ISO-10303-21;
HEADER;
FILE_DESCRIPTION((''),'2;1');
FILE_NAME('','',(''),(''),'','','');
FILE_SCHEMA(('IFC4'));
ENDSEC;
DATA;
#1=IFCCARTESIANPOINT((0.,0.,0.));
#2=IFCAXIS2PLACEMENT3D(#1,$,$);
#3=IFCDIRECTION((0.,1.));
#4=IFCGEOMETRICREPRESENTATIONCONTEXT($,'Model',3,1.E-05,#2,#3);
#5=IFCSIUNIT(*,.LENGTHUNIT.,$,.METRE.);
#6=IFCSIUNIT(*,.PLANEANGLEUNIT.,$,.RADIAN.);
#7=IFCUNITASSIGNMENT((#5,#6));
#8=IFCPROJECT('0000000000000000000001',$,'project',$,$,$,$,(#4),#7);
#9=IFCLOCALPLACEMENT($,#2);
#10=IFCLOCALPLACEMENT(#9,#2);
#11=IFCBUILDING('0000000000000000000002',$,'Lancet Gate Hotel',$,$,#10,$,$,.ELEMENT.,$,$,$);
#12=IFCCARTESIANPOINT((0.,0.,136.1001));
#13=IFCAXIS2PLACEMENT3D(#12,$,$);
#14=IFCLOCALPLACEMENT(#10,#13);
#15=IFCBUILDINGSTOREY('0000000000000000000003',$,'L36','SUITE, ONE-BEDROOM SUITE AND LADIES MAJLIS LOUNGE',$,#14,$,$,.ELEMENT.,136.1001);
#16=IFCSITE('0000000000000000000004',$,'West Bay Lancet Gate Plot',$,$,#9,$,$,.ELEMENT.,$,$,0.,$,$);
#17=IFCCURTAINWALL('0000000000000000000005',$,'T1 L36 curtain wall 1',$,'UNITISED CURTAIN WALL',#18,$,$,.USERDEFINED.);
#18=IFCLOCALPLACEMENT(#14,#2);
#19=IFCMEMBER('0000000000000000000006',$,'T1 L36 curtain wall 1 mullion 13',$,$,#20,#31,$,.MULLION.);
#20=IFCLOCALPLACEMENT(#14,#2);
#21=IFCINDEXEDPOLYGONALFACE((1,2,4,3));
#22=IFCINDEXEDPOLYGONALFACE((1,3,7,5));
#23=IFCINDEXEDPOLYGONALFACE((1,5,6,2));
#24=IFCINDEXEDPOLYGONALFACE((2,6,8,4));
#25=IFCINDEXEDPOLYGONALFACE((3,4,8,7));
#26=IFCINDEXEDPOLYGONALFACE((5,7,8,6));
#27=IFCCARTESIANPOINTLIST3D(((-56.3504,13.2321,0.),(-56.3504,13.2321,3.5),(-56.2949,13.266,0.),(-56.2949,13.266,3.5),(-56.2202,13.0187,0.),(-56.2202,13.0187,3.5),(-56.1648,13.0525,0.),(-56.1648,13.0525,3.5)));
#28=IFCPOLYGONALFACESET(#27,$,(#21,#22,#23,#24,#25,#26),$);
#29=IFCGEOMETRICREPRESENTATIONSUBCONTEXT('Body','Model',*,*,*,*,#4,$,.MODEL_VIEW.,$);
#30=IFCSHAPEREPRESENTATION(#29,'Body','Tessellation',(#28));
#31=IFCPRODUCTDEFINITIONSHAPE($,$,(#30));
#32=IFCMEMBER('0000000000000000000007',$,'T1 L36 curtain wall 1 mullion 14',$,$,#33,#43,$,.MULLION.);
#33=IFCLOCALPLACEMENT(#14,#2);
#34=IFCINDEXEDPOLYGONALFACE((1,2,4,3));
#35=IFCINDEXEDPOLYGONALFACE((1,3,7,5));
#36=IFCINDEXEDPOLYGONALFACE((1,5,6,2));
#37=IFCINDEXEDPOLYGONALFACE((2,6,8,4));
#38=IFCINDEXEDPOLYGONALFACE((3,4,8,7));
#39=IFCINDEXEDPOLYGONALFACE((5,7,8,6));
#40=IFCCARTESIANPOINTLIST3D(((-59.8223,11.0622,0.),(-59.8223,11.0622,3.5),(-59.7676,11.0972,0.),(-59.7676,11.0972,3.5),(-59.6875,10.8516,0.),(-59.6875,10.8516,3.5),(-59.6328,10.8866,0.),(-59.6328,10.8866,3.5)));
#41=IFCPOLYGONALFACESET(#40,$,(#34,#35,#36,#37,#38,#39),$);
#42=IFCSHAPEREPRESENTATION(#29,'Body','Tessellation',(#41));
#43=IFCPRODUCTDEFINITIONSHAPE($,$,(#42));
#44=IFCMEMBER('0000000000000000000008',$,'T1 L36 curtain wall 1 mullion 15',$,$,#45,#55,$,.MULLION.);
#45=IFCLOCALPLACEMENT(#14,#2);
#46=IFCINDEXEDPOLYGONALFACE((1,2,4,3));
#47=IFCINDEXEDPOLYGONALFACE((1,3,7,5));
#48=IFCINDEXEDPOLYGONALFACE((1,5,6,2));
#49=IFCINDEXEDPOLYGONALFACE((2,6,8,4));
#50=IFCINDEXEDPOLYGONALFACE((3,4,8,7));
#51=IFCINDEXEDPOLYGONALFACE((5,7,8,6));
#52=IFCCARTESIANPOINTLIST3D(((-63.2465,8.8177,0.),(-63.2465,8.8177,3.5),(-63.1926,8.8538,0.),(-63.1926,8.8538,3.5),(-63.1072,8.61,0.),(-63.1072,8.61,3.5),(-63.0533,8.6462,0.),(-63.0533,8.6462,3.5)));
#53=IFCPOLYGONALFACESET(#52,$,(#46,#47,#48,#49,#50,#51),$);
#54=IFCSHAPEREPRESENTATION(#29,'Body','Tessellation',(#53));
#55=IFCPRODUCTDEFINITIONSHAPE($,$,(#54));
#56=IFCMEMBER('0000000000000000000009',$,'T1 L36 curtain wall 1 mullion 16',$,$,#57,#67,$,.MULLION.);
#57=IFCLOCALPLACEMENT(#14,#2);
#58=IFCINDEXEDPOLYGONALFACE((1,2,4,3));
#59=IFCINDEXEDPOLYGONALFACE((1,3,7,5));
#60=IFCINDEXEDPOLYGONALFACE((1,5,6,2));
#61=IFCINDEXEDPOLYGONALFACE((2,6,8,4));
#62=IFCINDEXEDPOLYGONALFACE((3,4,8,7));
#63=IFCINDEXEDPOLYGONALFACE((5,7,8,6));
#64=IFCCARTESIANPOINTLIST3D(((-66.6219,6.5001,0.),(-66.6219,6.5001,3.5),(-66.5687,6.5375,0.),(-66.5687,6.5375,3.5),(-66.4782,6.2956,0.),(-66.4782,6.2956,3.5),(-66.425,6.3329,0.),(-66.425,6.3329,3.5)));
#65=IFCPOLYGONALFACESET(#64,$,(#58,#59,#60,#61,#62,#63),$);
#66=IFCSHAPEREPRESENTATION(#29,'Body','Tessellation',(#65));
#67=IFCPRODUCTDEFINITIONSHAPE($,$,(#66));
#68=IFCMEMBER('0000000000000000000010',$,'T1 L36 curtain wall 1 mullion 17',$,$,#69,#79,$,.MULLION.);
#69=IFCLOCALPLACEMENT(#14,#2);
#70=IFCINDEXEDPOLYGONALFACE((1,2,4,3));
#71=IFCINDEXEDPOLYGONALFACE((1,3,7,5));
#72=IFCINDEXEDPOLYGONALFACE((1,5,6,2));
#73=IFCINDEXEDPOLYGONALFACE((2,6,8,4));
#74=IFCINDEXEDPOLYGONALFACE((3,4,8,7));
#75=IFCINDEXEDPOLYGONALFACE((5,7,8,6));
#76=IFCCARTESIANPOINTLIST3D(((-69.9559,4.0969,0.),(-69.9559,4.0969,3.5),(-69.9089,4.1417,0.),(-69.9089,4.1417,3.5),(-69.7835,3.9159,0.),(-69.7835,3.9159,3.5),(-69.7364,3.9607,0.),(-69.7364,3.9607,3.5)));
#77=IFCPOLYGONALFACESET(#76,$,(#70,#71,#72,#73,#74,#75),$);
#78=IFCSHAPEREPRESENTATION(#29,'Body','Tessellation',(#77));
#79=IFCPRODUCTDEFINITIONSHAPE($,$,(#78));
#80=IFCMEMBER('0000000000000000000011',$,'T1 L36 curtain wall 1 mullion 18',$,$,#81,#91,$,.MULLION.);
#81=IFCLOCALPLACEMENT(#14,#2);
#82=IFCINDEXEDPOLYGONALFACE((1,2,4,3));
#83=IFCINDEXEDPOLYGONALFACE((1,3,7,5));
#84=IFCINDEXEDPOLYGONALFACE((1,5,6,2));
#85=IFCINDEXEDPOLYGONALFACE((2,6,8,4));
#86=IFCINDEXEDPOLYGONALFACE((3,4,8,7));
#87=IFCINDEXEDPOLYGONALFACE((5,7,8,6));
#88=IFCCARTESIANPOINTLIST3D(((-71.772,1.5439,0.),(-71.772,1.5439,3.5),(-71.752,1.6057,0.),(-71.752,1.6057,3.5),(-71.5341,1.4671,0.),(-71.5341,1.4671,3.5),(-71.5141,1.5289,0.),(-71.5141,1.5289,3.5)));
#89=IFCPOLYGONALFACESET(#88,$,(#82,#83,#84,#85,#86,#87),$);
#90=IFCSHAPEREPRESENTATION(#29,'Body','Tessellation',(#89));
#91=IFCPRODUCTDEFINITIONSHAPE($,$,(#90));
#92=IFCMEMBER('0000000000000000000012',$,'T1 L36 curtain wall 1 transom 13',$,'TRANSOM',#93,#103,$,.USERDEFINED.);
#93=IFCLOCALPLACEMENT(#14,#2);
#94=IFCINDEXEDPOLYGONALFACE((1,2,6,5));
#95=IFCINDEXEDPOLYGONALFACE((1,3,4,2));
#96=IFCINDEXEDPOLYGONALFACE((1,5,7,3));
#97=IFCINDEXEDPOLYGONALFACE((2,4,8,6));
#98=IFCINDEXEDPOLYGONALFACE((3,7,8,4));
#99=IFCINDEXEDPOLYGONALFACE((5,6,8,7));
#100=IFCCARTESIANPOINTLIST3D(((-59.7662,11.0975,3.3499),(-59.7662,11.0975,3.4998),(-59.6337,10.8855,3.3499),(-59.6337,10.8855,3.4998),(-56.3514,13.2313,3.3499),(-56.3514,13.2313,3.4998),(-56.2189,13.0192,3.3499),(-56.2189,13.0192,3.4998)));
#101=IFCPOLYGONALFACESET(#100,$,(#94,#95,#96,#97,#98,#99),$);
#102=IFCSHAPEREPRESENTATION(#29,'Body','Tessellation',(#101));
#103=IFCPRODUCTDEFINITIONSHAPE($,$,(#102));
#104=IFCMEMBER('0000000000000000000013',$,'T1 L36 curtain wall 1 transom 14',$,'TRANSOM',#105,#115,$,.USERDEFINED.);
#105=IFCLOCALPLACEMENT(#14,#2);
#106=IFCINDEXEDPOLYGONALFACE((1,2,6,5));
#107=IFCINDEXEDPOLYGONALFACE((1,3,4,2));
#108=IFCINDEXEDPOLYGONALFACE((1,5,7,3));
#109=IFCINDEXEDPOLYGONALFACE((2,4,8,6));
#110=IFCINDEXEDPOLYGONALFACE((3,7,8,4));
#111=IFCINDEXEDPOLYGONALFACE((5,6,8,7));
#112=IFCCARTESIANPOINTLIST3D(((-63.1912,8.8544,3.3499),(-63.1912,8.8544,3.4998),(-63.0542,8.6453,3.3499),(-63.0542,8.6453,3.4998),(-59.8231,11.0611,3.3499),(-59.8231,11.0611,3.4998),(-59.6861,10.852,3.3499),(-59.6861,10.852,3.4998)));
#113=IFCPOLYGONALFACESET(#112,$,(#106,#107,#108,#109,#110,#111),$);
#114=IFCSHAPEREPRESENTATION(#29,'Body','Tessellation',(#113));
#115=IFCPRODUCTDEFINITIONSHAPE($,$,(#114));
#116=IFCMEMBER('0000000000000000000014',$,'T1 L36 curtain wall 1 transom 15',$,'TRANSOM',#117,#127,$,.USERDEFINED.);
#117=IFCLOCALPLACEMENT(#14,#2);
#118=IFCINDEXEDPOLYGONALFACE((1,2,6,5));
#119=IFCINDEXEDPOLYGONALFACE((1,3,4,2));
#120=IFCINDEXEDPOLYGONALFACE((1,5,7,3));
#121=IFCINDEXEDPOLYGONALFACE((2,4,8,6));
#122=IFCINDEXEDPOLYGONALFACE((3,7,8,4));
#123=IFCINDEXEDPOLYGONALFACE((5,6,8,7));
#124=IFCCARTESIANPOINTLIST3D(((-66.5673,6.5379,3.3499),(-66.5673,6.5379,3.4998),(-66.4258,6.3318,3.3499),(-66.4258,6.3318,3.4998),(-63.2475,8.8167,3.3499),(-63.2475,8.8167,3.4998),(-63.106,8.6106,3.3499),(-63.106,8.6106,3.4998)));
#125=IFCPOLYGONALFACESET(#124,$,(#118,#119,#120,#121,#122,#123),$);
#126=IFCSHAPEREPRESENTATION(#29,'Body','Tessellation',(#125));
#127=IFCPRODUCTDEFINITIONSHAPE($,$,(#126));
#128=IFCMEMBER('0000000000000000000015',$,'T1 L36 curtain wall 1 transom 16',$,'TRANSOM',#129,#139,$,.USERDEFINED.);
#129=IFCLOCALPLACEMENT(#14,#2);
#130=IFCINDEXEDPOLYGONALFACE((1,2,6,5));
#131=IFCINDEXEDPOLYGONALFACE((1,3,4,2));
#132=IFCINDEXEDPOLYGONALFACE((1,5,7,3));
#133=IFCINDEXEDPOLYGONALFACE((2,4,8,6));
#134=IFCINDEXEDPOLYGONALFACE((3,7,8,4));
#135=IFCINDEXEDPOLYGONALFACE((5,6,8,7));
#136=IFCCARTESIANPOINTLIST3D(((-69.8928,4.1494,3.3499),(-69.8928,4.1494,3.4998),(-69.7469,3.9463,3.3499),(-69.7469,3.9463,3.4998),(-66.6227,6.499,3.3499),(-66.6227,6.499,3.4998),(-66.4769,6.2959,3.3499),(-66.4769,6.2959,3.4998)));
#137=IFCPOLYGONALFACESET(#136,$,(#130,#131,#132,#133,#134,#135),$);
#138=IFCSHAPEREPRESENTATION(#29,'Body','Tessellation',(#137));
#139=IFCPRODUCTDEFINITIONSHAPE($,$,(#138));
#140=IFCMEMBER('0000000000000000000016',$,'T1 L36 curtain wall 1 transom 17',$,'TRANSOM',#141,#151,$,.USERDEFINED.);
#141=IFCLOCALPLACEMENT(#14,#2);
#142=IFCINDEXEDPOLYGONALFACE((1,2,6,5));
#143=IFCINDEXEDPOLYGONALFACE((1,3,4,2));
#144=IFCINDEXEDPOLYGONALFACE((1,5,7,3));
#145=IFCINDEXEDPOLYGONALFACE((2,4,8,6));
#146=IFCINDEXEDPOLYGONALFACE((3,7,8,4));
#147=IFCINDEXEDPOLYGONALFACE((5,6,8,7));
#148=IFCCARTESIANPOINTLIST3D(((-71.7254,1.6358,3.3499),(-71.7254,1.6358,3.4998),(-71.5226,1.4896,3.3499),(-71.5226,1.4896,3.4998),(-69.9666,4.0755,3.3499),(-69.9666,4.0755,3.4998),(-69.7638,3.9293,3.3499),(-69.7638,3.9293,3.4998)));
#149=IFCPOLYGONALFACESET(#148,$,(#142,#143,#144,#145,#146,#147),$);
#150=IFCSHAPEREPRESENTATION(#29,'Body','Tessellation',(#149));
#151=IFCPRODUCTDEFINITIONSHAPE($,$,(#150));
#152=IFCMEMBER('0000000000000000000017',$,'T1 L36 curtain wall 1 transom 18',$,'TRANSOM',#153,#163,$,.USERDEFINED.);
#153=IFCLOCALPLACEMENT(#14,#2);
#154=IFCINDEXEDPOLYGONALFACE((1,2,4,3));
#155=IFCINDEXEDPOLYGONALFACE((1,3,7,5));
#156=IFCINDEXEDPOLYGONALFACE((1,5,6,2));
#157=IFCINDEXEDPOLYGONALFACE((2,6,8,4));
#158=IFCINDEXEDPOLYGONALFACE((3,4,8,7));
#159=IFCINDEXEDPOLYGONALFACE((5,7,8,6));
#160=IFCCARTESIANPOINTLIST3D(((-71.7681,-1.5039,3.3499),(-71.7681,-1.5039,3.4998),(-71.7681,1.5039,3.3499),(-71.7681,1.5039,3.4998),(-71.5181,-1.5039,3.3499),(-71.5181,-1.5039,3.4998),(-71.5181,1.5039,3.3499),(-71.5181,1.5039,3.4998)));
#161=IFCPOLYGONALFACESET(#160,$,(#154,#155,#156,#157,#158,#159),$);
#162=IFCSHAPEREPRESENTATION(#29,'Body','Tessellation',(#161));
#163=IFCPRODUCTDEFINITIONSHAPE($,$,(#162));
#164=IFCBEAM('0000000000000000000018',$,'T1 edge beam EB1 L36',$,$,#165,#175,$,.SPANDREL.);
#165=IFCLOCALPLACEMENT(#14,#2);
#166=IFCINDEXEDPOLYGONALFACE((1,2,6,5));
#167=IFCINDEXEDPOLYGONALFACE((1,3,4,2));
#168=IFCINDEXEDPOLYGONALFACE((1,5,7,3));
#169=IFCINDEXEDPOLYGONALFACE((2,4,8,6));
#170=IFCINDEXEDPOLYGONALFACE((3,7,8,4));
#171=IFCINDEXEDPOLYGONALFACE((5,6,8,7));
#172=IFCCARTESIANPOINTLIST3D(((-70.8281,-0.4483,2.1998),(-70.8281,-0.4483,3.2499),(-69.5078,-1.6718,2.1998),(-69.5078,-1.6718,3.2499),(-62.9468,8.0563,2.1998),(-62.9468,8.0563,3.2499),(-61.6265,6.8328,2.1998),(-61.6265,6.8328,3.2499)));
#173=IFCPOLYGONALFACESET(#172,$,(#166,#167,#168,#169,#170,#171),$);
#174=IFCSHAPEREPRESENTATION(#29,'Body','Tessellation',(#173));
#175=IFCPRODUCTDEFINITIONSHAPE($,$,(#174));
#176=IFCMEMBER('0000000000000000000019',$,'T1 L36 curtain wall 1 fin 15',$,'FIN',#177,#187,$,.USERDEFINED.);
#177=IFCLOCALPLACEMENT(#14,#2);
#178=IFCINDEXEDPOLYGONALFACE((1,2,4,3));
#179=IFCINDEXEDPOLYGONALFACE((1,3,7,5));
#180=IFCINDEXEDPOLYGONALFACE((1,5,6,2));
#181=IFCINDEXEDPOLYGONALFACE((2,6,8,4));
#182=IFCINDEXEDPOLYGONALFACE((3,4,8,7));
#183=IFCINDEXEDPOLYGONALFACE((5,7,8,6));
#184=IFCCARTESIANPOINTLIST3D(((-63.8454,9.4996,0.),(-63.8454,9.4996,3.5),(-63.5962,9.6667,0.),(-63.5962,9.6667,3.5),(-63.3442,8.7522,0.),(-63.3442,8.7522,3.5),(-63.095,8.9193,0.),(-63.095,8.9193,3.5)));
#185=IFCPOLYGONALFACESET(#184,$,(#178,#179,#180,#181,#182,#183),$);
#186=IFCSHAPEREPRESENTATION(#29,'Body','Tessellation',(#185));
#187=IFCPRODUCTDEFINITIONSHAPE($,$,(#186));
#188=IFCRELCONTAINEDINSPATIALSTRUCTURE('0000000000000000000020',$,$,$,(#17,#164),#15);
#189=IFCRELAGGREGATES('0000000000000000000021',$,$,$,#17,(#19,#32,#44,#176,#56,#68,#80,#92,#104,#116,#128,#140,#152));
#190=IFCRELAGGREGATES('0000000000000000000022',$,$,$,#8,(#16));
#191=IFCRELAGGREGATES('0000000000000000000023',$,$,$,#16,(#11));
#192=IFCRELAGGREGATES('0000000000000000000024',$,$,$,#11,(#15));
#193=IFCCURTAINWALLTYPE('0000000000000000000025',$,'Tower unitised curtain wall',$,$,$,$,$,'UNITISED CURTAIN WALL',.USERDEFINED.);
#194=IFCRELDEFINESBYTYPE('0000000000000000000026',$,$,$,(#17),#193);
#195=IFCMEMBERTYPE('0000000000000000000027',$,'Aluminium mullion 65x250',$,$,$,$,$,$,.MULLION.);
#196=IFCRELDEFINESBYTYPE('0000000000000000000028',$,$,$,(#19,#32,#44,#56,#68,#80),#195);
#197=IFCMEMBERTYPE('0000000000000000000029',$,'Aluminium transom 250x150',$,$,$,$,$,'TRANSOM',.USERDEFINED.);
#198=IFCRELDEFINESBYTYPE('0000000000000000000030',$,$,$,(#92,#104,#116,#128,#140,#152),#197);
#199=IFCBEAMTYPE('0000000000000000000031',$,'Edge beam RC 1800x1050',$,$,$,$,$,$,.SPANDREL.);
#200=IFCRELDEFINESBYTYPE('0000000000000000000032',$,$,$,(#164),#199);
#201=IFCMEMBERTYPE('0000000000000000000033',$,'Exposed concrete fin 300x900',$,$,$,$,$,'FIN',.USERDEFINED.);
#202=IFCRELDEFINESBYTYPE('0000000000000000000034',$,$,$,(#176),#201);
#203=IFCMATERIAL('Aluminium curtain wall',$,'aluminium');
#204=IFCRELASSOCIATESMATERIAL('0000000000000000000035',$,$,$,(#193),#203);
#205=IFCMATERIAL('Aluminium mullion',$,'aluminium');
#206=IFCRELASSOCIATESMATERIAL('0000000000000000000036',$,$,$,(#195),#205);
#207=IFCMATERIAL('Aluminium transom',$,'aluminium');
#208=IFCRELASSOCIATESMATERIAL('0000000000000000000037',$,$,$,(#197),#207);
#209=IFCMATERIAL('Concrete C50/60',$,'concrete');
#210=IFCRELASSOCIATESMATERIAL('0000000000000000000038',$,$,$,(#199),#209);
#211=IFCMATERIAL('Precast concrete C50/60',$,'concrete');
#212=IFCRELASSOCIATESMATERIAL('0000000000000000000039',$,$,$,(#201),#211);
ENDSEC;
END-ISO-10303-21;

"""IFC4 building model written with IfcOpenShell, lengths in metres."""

from ifc_helpers import new_model, si_unit, direction, frame, origin, origin_2d, place, context, subcontext, project, spatial, rectangle, extrude, material, material_profile, profile_set, type_object, element, aggregate, save


model = new_model("IFC4")

# Units and contexts
model_context = context("Model", 3, precision=1e-05, world=origin(), true_north=direction((0.0, 1.0)))
body_context = subcontext(model_context, "Body", "Model", "MODEL_VIEW")
ifc_project = project(units=[si_unit("LENGTHUNIT", "METRE"), si_unit("PLANEANGLEUNIT", "RADIAN")], contexts=[model_context])

# Site, building, storey
site_placement = place(None, origin())
site = spatial("IfcSite", under=ifc_project, at=site_placement, Name="West Bay Lancet Gate Plot", CompositionType="ELEMENT", RefElevation=0.0)
building_placement = place(site_placement, origin())
building = spatial("IfcBuilding", under=site, at=building_placement, Name="Lancet Gate Hotel", CompositionType="ELEMENT")
storey_placement = place(building_placement, frame((0.0, 0.0, 136.1001)))
storey = spatial("IfcBuildingStorey", under=building, at=storey_placement, Name="L36", Description="SUITE, ONE-BEDROOM SUITE AND LADIES MAJLIS LOUNGE", CompositionType="ELEMENT", Elevation=136.1001)

# Curtain wall, members
ifc_material_1 = material(Name="Aluminium curtain wall", Category="aluminium")
curtain_wall_type = type_object("IfcCurtainWallType", Name="Tower unitised curtain wall", ElementType="UNITISED CURTAIN WALL", PredefinedType="USERDEFINED", material=ifc_material_1)
curtain_wall_placement = place(storey_placement, origin())
curtain_wall = element("IfcCurtainWall", 1, at=curtain_wall_placement, inside=storey, type_object=curtain_wall_type, Name="T1 L36 curtain wall 1", ObjectType="UNITISED CURTAIN WALL", PredefinedType="USERDEFINED")
ifc_material_2 = material(Name="Aluminium mullion", Category="aluminium")
ifc_material_profile_1 = material_profile(ifc_material_2, rectangle(XDim=0.0649, YDim=0.25, at=origin_2d()), Name="MULLION 65x250")
ifc_profile_set_1 = profile_set([ifc_material_profile_1], Name="Aluminium mullion")
member_type_1 = type_object("IfcMemberType", Name="Aluminium mullion 65x250", PredefinedType="MULLION", material=ifc_profile_set_1)
member_1_placement = place(storey_placement, frame((-56.2576, 13.1423, 0.0), z_axis=(0.0, 0.0, 1.0), x_axis=(-0.853716, -0.520739, 0.0)))
member_1 = element("IfcMember", 2, at=member_1_placement, type_object=member_type_1, Name="T1 L36 curtain wall 1 mullion 13", PredefinedType="MULLION", context=body_context, shape_type="SweptSolid", body=[
    extrude(rectangle(XDim=0.0649, YDim=0.25, at=origin_2d()), origin(), (0.0, 0.0, 1.0), 3.5),
])
member_2_placement = place(storey_placement, frame((-59.7275, 10.9744, 0.0), z_axis=(0.0, 0.0, 1.0), x_axis=(-0.842308, -0.538996, 0.0)))
member_2 = element("IfcMember", 3, at=member_2_placement, type_object=member_type_1, Name="T1 L36 curtain wall 1 mullion 14", PredefinedType="MULLION", context=body_context, shape_type="SweptSolid", body=[
    extrude(rectangle(XDim=0.0649, YDim=0.25, at=origin_2d()), origin(), (0.0, 0.0, 1.0), 3.5),
])
member_3_placement = place(storey_placement, frame((-63.1499, 8.7319, 0.0), z_axis=(0.0, 0.0, 1.0), x_axis=(-0.83051, -0.557004, 0.0)))
member_3 = element("IfcMember", 4, at=member_3_placement, type_object=member_type_1, Name="T1 L36 curtain wall 1 mullion 15", PredefinedType="MULLION", context=body_context, shape_type="SweptSolid", body=[
    extrude(rectangle(XDim=0.0649, YDim=0.25, at=origin_2d()), origin(), (0.0, 0.0, 1.0), 3.5),
])
member_4_placement = place(storey_placement, frame((-66.5234, 6.4165, 0.0), z_axis=(0.0, 0.0, 1.0), x_axis=(-0.818327, -0.574753, 0.0)))
member_4 = element("IfcMember", 5, at=member_4_placement, type_object=member_type_1, Name="T1 L36 curtain wall 1 mullion 16", PredefinedType="MULLION", context=body_context, shape_type="SweptSolid", body=[
    extrude(rectangle(XDim=0.0649, YDim=0.25, at=origin_2d()), origin(), (0.0, 0.0, 1.0), 3.5),
])
member_5_placement = place(storey_placement, frame((-69.8462, 4.0288, 0.0), z_axis=(0.0, 0.0, 1.0), x_axis=(-0.723846, -0.689961, 0.0)))
member_5 = element("IfcMember", 6, at=member_5_placement, type_object=member_type_1, Name="T1 L36 curtain wall 1 mullion 17", PredefinedType="MULLION", context=body_context, shape_type="SweptSolid", body=[
    extrude(rectangle(XDim=0.0649, YDim=0.25, at=origin_2d()), origin(), (0.0, 0.0, 1.0), 3.5),
])
member_6_placement = place(storey_placement, frame((-71.6431, 1.5364, 0.0), z_axis=(0.0, 0.0, 1.0), x_axis=(-0.307269, -0.951623, 0.0)))
member_6 = element("IfcMember", 7, at=member_6_placement, type_object=member_type_1, Name="T1 L36 curtain wall 1 mullion 18", PredefinedType="MULLION", context=body_context, shape_type="SweptSolid", body=[
    extrude(rectangle(XDim=0.0649, YDim=0.25, at=origin_2d()), origin(), (0.0, 0.0, 1.0), 3.5),
])
ifc_material_3 = material(Name="Aluminium transom", Category="aluminium")
ifc_material_profile_2 = material_profile(ifc_material_3, rectangle(XDim=0.25, YDim=0.1499, at=origin_2d()), Name="TRANSOM 250x150")
ifc_profile_set_2 = profile_set([ifc_material_profile_2], Name="Aluminium transom")
member_type_2 = type_object("IfcMemberType", Name="Aluminium transom 250x150", ElementType="TRANSOM", PredefinedType="USERDEFINED", material=ifc_profile_set_2)
member_7_placement = place(storey_placement, frame((-56.2852, 13.1252, 3.4248), z_axis=(-0.848049, -0.529917, 0.0), x_axis=(0.529917, -0.848049, 0.0)))
member_7 = element("IfcMember", 8, at=member_7_placement, type_object=member_type_2, Name="T1 L36 curtain wall 1 transom 13", ObjectType="TRANSOM", PredefinedType="USERDEFINED", context=body_context, shape_type="SweptSolid", body=[
    extrude(rectangle(XDim=0.25, YDim=0.1499, at=origin_2d()), origin(), (0.0, 0.0, 1.0), 4.0266),
])
member_8_placement = place(storey_placement, frame((-59.7546, 10.9565, 3.4248), z_axis=(-0.836454, -0.548036, 0.0), x_axis=(0.548036, -0.836454, 0.0)))
member_8 = element("IfcMember", 9, at=member_8_placement, type_object=member_type_2, Name="T1 L36 curtain wall 1 transom 14", ObjectType="TRANSOM", PredefinedType="USERDEFINED", context=body_context, shape_type="SweptSolid", body=[
    extrude(rectangle(XDim=0.25, YDim=0.1499, at=origin_2d()), origin(), (0.0, 0.0, 1.0), 4.0266),
])
member_9_placement = place(storey_placement, frame((-63.1768, 8.7136, 3.4248), z_axis=(-0.824456, -0.565927, 0.0), x_axis=(0.565927, -0.824456, 0.0)))
member_9 = element("IfcMember", 10, at=member_9_placement, type_object=member_type_2, Name="T1 L36 curtain wall 1 transom 15", ObjectType="TRANSOM", PredefinedType="USERDEFINED", context=body_context, shape_type="SweptSolid", body=[
    extrude(rectangle(XDim=0.25, YDim=0.1499, at=origin_2d()), origin(), (0.0, 0.0, 1.0), 4.0266),
])
member_10_placement = place(storey_placement, frame((-66.5498, 6.3975, 3.4248), z_axis=(-0.8121, -0.583519, 0.0), x_axis=(0.583519, -0.8121, 0.0)))
member_10 = element("IfcMember", 11, at=member_10_placement, type_object=member_type_2, Name="T1 L36 curtain wall 1 transom 16", ObjectType="TRANSOM", PredefinedType="USERDEFINED", context=body_context, shape_type="SweptSolid", body=[
    extrude(rectangle(XDim=0.25, YDim=0.1499, at=origin_2d()), origin(), (0.0, 0.0, 1.0), 4.0266),
])
member_11_placement = place(storey_placement, frame((-69.8652, 4.0024, 3.4248), z_axis=(-0.584788, -0.811186, 0.0), x_axis=(0.811186, -0.584788, 0.0)))
member_11 = element("IfcMember", 12, at=member_11_placement, type_object=member_type_2, Name="T1 L36 curtain wall 1 transom 17", ObjectType="TRANSOM", PredefinedType="USERDEFINED", context=body_context, shape_type="SweptSolid", body=[
    extrude(rectangle(XDim=0.25, YDim=0.1499, at=origin_2d()), origin(), (0.0, 0.0, 1.0), 3.0076),
])
member_12_placement = place(storey_placement, frame((-71.6431, 1.5039, 3.4248), z_axis=(0.0, -1.0, 0.0), x_axis=(1.0, 0.0, 0.0)))
member_12 = element("IfcMember", 13, at=member_12_placement, type_object=member_type_2, Name="T1 L36 curtain wall 1 transom 18", ObjectType="TRANSOM", PredefinedType="USERDEFINED", context=body_context, shape_type="SweptSolid", body=[
    extrude(rectangle(XDim=0.25, YDim=0.1499, at=origin_2d()), origin(), (0.0, 0.0, 1.0), 3.0078),
])

# Beam
ifc_material_4 = material(Name="Concrete C50/60", Category="concrete")
ifc_material_profile_3 = material_profile(ifc_material_4, rectangle(XDim=1.8, YDim=1.05, at=origin_2d()), Name="RC 1800x1050")
ifc_profile_set_3 = profile_set([ifc_material_profile_3], Name="Concrete C50/60")
beam_type_1 = type_object("IfcBeamType", Name="Edge beam RC 1800x1050", PredefinedType="SPANDREL", material=ifc_profile_set_3)
beam_1_placement = place(storey_placement, frame((-62.2866, 7.4446, 2.7249), z_axis=(-0.679718, -0.733473, 0.0), x_axis=(0.733473, -0.679718, 0.0)))
element("IfcBeam", 14, at=beam_1_placement, inside=storey, type_object=beam_type_1, Name="T1 edge beam EB1 L36", PredefinedType="SPANDREL", context=body_context, shape_type="SweptSolid", body=[
    extrude(rectangle(XDim=1.8, YDim=1.05, at=origin_2d()), origin(), (0.0, 0.0, 1.0), 11.595),
])

# Member
ifc_material_5 = material(Name="Precast concrete C50/60", Category="concrete")
ifc_material_profile_4 = material_profile(ifc_material_5, rectangle(XDim=0.3, YDim=0.8999, at=origin_2d()), Name="FIN 300x900")
ifc_profile_set_4 = profile_set([ifc_material_profile_4], Name="Precast concrete C50/60")
member_type_3 = type_object("IfcMemberType", Name="Exposed concrete fin 300x900", ElementType="FIN", PredefinedType="USERDEFINED", material=ifc_profile_set_4)
member_13_placement = place(storey_placement, frame((-63.4702, 9.2095, 0.0), z_axis=(0.0, 0.0, 1.0), x_axis=(-0.83051, -0.557004, 0.0)))
member_13 = element("IfcMember", 15, at=member_13_placement, type_object=member_type_3, Name="T1 L36 curtain wall 1 fin 15", ObjectType="FIN", PredefinedType="USERDEFINED", context=body_context, shape_type="SweptSolid", body=[
    extrude(rectangle(XDim=0.3, YDim=0.8999, at=origin_2d()), origin(), (0.0, 0.0, 1.0), 3.5),
])

aggregate(curtain_wall, [member_1, member_2, member_3, member_13, member_4, member_5, member_6, member_7, member_8, member_9, member_10, member_11, member_12])

save(model, "model.ifc")
